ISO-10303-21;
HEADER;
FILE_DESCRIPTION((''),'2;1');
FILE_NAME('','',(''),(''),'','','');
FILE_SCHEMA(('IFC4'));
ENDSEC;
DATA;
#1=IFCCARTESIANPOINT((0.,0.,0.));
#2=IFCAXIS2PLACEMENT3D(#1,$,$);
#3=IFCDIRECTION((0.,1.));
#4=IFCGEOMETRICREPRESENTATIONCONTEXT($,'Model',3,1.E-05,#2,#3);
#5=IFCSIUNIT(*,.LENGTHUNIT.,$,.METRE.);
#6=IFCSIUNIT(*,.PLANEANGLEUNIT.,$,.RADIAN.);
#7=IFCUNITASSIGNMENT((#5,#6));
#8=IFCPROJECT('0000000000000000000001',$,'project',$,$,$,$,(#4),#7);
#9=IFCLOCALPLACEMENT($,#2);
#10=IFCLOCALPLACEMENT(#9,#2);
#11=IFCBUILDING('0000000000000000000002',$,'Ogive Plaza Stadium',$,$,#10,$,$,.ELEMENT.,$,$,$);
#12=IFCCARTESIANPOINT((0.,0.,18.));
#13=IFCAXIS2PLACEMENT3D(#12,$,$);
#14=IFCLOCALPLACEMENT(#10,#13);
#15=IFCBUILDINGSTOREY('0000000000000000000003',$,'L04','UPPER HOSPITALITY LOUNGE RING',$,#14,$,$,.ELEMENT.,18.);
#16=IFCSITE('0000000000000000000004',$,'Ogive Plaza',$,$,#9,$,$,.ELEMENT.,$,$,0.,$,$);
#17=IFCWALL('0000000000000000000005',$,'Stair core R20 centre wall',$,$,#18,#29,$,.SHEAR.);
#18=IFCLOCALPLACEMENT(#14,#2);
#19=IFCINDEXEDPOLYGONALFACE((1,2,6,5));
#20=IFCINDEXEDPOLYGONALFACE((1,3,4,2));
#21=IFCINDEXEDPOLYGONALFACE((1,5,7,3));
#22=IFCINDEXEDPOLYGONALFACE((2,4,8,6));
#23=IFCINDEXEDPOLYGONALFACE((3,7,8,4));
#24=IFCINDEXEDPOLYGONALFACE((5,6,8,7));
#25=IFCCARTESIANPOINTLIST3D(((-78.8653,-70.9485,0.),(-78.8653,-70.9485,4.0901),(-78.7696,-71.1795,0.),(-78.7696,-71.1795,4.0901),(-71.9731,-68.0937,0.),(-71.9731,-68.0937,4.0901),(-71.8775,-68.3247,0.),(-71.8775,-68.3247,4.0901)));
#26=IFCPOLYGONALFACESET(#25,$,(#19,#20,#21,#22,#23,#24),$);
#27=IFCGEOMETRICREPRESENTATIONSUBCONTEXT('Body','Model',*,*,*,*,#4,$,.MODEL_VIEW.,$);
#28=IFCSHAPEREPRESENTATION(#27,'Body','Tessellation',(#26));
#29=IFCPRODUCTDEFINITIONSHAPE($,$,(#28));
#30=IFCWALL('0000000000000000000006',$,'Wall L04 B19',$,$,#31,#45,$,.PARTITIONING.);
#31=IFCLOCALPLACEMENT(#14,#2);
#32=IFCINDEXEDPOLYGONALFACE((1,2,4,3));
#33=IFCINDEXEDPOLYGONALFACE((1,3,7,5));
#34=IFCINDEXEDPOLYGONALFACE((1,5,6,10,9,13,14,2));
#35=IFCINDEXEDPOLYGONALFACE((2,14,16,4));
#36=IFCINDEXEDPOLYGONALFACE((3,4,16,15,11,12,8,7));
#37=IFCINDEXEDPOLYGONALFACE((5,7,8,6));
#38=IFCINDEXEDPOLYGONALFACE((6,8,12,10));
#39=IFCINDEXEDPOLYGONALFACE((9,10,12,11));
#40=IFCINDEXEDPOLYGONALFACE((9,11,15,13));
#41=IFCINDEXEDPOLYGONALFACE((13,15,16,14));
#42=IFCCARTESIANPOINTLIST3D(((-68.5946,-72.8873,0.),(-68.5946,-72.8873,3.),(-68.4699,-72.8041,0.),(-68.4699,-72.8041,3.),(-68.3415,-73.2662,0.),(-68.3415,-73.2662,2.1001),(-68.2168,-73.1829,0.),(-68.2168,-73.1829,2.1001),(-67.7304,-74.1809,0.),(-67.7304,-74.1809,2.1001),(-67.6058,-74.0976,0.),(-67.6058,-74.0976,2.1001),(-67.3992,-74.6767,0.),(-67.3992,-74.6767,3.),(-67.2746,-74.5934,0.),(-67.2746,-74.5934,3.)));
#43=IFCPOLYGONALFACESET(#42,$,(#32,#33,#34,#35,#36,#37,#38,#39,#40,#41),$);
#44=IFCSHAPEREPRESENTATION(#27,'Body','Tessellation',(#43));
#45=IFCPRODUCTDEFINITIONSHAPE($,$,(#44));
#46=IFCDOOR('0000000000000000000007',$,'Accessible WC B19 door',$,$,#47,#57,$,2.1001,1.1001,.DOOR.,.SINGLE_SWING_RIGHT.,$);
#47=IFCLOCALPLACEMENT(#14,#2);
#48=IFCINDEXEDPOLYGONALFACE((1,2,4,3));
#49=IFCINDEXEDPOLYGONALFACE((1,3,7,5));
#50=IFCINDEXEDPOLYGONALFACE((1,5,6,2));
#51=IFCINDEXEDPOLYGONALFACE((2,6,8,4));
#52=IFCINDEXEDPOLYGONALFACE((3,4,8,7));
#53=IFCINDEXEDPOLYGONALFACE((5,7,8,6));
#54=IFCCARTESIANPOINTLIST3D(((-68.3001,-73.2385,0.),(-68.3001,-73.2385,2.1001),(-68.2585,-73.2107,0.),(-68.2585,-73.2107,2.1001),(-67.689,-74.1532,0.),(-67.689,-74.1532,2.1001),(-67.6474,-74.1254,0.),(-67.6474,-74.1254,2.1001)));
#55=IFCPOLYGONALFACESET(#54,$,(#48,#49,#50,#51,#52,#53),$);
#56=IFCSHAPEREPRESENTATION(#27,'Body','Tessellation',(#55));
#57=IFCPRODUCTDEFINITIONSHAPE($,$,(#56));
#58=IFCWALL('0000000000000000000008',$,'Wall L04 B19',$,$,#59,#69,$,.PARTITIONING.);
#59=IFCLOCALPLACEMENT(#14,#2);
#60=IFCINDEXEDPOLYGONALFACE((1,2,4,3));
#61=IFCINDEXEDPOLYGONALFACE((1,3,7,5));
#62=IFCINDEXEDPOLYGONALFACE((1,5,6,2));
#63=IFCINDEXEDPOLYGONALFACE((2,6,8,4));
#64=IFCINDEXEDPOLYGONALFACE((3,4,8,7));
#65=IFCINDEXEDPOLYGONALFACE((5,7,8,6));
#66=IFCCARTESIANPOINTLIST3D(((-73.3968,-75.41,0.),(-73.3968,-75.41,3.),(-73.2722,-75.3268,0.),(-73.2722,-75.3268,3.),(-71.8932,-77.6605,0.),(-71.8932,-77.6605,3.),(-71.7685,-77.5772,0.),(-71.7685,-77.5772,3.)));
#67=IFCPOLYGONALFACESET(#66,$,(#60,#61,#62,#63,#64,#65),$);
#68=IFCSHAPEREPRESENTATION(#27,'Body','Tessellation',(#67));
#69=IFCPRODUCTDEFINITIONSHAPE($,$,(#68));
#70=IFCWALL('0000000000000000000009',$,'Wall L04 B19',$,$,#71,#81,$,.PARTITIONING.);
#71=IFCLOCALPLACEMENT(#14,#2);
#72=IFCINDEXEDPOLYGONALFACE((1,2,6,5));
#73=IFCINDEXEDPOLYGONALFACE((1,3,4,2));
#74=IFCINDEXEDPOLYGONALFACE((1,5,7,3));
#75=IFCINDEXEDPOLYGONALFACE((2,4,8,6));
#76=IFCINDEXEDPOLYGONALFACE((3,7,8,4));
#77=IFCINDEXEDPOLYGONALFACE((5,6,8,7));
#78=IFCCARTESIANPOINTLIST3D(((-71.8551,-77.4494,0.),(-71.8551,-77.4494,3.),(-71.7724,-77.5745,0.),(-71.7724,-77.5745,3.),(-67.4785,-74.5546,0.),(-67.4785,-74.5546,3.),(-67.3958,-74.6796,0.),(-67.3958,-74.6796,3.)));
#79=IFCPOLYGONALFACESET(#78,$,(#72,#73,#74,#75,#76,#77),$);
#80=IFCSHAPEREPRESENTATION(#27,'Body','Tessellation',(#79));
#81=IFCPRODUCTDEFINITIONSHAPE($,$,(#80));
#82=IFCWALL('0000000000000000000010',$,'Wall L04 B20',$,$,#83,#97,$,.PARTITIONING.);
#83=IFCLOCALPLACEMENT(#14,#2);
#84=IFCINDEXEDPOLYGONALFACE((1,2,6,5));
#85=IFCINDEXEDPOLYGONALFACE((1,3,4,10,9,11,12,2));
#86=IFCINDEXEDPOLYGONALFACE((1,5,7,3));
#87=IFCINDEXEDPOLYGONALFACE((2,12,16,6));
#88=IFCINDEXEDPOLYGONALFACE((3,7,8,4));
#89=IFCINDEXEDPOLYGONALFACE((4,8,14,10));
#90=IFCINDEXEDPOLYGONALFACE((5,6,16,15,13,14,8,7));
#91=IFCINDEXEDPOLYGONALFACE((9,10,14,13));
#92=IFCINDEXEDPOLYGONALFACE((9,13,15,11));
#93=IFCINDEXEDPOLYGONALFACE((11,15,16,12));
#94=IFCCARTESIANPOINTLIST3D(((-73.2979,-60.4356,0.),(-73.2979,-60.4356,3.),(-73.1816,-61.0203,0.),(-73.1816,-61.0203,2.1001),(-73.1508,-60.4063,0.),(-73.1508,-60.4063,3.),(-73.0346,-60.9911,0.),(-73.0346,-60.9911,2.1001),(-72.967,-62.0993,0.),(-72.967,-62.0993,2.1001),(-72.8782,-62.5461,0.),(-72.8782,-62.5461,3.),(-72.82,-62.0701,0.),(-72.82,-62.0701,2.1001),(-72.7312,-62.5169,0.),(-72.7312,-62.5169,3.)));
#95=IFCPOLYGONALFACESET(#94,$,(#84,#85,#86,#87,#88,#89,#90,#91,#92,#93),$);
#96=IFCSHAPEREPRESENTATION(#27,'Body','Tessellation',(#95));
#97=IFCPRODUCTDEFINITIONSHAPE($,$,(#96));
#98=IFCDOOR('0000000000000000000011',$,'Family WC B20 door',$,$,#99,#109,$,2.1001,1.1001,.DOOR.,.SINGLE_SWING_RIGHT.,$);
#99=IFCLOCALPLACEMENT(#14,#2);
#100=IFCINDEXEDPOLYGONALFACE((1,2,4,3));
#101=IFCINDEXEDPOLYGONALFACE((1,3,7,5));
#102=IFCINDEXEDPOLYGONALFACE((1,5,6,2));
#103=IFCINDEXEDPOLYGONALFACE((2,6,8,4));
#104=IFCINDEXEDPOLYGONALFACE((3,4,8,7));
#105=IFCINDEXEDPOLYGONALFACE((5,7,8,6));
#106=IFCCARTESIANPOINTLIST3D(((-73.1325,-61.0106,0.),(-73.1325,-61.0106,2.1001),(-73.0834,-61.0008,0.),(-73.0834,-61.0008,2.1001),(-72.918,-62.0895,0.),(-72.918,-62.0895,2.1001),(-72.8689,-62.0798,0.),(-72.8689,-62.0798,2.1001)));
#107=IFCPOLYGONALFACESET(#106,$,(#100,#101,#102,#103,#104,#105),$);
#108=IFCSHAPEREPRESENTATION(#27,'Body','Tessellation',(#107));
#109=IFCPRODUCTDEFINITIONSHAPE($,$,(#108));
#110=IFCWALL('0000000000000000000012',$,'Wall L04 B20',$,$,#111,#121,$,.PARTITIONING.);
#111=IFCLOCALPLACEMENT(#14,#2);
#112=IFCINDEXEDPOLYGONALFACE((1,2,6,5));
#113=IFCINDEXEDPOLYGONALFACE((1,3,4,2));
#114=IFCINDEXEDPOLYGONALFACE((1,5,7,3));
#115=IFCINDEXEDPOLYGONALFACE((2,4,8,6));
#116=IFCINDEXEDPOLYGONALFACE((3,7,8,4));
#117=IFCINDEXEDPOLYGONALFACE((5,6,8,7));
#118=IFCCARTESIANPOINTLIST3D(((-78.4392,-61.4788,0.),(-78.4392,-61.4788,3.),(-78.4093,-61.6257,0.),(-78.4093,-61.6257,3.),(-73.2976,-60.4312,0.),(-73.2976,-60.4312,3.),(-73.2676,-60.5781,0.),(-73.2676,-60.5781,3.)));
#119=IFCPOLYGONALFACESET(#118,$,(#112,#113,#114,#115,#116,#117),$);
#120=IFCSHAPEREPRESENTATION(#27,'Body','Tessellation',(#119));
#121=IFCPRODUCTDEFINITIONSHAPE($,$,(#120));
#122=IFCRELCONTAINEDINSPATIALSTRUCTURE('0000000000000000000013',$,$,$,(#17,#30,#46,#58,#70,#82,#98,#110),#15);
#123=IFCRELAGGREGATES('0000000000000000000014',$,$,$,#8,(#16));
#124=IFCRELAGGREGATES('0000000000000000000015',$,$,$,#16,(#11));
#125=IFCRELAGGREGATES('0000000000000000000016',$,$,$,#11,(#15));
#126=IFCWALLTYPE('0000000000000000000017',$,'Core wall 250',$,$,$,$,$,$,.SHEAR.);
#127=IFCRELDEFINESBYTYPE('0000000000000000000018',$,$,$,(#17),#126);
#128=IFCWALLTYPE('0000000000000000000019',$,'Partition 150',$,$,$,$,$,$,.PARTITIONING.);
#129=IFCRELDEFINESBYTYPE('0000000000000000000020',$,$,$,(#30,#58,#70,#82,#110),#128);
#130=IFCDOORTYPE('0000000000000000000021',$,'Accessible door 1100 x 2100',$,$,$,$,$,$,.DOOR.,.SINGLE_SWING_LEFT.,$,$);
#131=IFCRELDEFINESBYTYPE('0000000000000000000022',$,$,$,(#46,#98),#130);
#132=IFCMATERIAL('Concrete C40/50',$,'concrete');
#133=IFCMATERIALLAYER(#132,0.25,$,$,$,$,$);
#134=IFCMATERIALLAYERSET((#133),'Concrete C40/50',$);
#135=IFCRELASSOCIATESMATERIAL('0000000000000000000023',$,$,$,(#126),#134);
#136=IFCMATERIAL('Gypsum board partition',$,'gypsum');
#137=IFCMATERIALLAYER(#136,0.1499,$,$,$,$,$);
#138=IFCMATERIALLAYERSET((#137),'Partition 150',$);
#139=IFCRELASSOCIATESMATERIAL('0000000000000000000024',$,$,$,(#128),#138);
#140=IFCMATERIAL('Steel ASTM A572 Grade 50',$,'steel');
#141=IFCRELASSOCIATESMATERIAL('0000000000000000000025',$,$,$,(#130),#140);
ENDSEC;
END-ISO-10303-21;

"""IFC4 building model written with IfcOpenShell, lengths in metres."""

from ifc_helpers import new_model, si_unit, direction, frame, frame_2d, origin, place, context, subcontext, project, spatial, rectangle, extrude, material, layer, layer_set, type_object, element, fill, save


model = new_model("IFC4")

# Units and contexts
model_context = context("Model", 3, precision=1e-05, world=origin(), true_north=direction((0.0, 1.0)))
body_context = subcontext(model_context, "Body", "Model", "MODEL_VIEW")
ifc_project = project(units=[si_unit("LENGTHUNIT", "METRE"), si_unit("PLANEANGLEUNIT", "RADIAN")], contexts=[model_context])

# Site, building, storey
site_placement = place(None, origin())
site = spatial("IfcSite", under=ifc_project, at=site_placement, Name="Ogive Plaza", CompositionType="ELEMENT", RefElevation=0.0)
building_placement = place(site_placement, origin())
building = spatial("IfcBuilding", under=site, at=building_placement, Name="Ogive Plaza Stadium", CompositionType="ELEMENT")
storey_placement = place(building_placement, frame((0.0, 0.0, 18.0)))
storey = spatial("IfcBuildingStorey", under=building, at=storey_placement, Name="L04", Description="UPPER HOSPITALITY LOUNGE RING", CompositionType="ELEMENT", Elevation=18.0)

# Wall
ifc_material_1 = material(Name="Concrete C40/50", Category="concrete")
ifc_layer_1 = layer(ifc_material_1, 0.25)
ifc_layer_set_1 = layer_set([ifc_layer_1], Name="Concrete C40/50")
wall_type_1 = type_object("IfcWallType", Name="Core wall 250", PredefinedType="SHEAR", material=ifc_layer_set_1)
wall_1_placement = place(storey_placement, frame((-71.9253, -68.2092, 0.0), z_axis=(0.0, 0.0, 1.0), x_axis=(-0.923882, -0.382676, 0.0)))
element("IfcWall", 1, at=wall_1_placement, inside=storey, type_object=wall_type_1, Name="Stair core R20 centre wall", PredefinedType="SHEAR", context=body_context, shape_type="SweptSolid", body=[
    extrude(rectangle(XDim=7.46, YDim=0.25, at=frame_2d((3.73, 0.0))), origin(), (0.0, 0.0, 1.0), 4.0901),
])

# Wall, opening, door
ifc_material_2 = material(Name="Gypsum board partition", Category="gypsum")
ifc_layer_2 = layer(ifc_material_2, 0.1499)
ifc_layer_set_2 = layer_set([ifc_layer_2], Name="Partition 150")
wall_type_2 = type_object("IfcWallType", Name="Partition 150", PredefinedType="PARTITIONING", material=ifc_layer_set_2)
wall_2_placement = place(storey_placement, frame((-68.5322, -72.8457, 0.0), z_axis=(0.0, 0.0, 1.0), x_axis=(0.555485, -0.831526, 0.0)))
wall_2 = element("IfcWall", 2, at=wall_2_placement, inside=storey, type_object=wall_type_2, Name="Wall L04 B19", PredefinedType="PARTITIONING", context=body_context, shape_type="SweptSolid", body=[
    extrude(rectangle(XDim=2.1519, YDim=0.1499, at=frame_2d((1.0759, 0.0))), origin(), (0.0, 0.0, 1.0), 3.0),
])
opening_1_placement = place(wall_2_placement, frame((0.4556, 0.0, 0.0)))
opening_1 = element("IfcOpeningElement", 3, at=opening_1_placement, cuts=wall_2, PredefinedType="OPENING", context=body_context, shape_type="SweptSolid", body=[
    extrude(rectangle(XDim=1.1001, YDim=2.1001, at=frame_2d((0.55, 1.05))), frame((0.0, 0.075, 0.0), z_axis=(0.0, -1.0, 0.0), x_axis=(1.0, 0.0, 0.0)), (0.0, 0.0, 1.0), 0.1499),
])
ifc_material_3 = material(Name="Steel ASTM A572 Grade 50", Category="steel")
door_type = type_object("IfcDoorType", Name="Accessible door 1100 x 2100", OperationType="SINGLE_SWING_LEFT", PredefinedType="DOOR", material=ifc_material_3)
door_1_placement = place(opening_1_placement, origin())
door_1 = element("IfcDoor", 4, at=door_1_placement, inside=storey, type_object=door_type, Name="Accessible WC B19 door", OperationType="SINGLE_SWING_RIGHT", OverallHeight=2.1001, OverallWidth=1.1001, PredefinedType="DOOR", context=body_context, shape_type="SweptSolid", body=[
    extrude(rectangle(XDim=1.1001, YDim=2.1001, at=frame_2d((0.55, 1.05))), frame((0.0, 0.0249, 0.0), z_axis=(0.0, -1.0, 0.0), x_axis=(1.0, 0.0, 0.0)), (0.0, 0.0, 1.0), 0.05),
])
fill(opening_1, door_1)

# Walls
wall_3_placement = place(storey_placement, frame((-73.3345, -75.3684, 0.0), z_axis=(0.0, 0.0, 1.0), x_axis=(0.555553, -0.831481, 0.0)))
element("IfcWall", 5, at=wall_3_placement, inside=storey, type_object=wall_type_2, Name="Wall L04 B19", PredefinedType="PARTITIONING", context=body_context, shape_type="SweptSolid", body=[
    extrude(rectangle(XDim=2.7065, YDim=0.1499, at=frame_2d((1.3533, 0.0))), origin(), (0.0, 0.0, 1.0), 3.0),
])
wall_4_placement = place(storey_placement, frame((-67.4373, -74.6172, 0.0), z_axis=(0.0, 0.0, 1.0), x_axis=(-0.834056, -0.551679, 0.0)))
element("IfcWall", 6, at=wall_4_placement, inside=storey, type_object=wall_type_2, Name="Wall L04 B19", PredefinedType="PARTITIONING", context=body_context, shape_type="SweptSolid", body=[
    extrude(rectangle(XDim=5.2473, YDim=0.1499, at=frame_2d((2.6235, 0.0))), origin(), (0.0, 0.0, 1.0), 3.0),
])

# Wall, opening, door
wall_5_placement = place(storey_placement, frame((-72.8047, -62.5315, 0.0), z_axis=(0.0, 0.0, 1.0), x_axis=(-0.195025, 0.980798, 0.0)))
wall_5 = element("IfcWall", 7, at=wall_5_placement, inside=storey, type_object=wall_type_2, Name="Wall L04 B20", PredefinedType="PARTITIONING", context=body_context, shape_type="SweptSolid", body=[
    extrude(rectangle(XDim=2.1519, YDim=0.1499, at=frame_2d((1.0759, 0.0))), origin(), (0.0, 0.0, 1.0), 3.0),
])
opening_2_placement = place(wall_5_placement, frame((0.4556, 0.0, 0.0)))
opening_2 = element("IfcOpeningElement", 8, at=opening_2_placement, cuts=wall_5, PredefinedType="OPENING", context=body_context, shape_type="SweptSolid", body=[
    extrude(rectangle(XDim=1.1001, YDim=2.1001, at=frame_2d((0.55, 1.05))), frame((0.0, 0.075, 0.0), z_axis=(0.0, -1.0, 0.0), x_axis=(1.0, 0.0, 0.0)), (0.0, 0.0, 1.0), 0.1499),
])
door_2_placement = place(opening_2_placement, origin())
door_2 = element("IfcDoor", 9, at=door_2_placement, inside=storey, type_object=door_type, Name="Family WC B20 door", OperationType="SINGLE_SWING_RIGHT", OverallHeight=2.1001, OverallWidth=1.1001, PredefinedType="DOOR", context=body_context, shape_type="SweptSolid", body=[
    extrude(rectangle(XDim=1.1001, YDim=2.1001, at=frame_2d((0.55, 1.05))), frame((0.0, 0.0249, 0.0), z_axis=(0.0, -1.0, 0.0), x_axis=(1.0, 0.0, 0.0)), (0.0, 0.0, 1.0), 0.05),
])
fill(opening_2, door_2)

# Wall
wall_6_placement = place(storey_placement, frame((-73.2827, -60.5046, 0.0), z_axis=(0.0, 0.0, 1.0), x_axis=(-0.979867, -0.199649, 0.0)))
element("IfcWall", 10, at=wall_6_placement, inside=storey, type_object=wall_type_2, Name="Wall L04 B20", PredefinedType="PARTITIONING", context=body_context, shape_type="SweptSolid", body=[
    extrude(rectangle(XDim=5.2473, YDim=0.1499, at=frame_2d((2.6235, 0.0))), origin(), (0.0, 0.0, 1.0), 3.0),
])

save(model, "model.ifc")
